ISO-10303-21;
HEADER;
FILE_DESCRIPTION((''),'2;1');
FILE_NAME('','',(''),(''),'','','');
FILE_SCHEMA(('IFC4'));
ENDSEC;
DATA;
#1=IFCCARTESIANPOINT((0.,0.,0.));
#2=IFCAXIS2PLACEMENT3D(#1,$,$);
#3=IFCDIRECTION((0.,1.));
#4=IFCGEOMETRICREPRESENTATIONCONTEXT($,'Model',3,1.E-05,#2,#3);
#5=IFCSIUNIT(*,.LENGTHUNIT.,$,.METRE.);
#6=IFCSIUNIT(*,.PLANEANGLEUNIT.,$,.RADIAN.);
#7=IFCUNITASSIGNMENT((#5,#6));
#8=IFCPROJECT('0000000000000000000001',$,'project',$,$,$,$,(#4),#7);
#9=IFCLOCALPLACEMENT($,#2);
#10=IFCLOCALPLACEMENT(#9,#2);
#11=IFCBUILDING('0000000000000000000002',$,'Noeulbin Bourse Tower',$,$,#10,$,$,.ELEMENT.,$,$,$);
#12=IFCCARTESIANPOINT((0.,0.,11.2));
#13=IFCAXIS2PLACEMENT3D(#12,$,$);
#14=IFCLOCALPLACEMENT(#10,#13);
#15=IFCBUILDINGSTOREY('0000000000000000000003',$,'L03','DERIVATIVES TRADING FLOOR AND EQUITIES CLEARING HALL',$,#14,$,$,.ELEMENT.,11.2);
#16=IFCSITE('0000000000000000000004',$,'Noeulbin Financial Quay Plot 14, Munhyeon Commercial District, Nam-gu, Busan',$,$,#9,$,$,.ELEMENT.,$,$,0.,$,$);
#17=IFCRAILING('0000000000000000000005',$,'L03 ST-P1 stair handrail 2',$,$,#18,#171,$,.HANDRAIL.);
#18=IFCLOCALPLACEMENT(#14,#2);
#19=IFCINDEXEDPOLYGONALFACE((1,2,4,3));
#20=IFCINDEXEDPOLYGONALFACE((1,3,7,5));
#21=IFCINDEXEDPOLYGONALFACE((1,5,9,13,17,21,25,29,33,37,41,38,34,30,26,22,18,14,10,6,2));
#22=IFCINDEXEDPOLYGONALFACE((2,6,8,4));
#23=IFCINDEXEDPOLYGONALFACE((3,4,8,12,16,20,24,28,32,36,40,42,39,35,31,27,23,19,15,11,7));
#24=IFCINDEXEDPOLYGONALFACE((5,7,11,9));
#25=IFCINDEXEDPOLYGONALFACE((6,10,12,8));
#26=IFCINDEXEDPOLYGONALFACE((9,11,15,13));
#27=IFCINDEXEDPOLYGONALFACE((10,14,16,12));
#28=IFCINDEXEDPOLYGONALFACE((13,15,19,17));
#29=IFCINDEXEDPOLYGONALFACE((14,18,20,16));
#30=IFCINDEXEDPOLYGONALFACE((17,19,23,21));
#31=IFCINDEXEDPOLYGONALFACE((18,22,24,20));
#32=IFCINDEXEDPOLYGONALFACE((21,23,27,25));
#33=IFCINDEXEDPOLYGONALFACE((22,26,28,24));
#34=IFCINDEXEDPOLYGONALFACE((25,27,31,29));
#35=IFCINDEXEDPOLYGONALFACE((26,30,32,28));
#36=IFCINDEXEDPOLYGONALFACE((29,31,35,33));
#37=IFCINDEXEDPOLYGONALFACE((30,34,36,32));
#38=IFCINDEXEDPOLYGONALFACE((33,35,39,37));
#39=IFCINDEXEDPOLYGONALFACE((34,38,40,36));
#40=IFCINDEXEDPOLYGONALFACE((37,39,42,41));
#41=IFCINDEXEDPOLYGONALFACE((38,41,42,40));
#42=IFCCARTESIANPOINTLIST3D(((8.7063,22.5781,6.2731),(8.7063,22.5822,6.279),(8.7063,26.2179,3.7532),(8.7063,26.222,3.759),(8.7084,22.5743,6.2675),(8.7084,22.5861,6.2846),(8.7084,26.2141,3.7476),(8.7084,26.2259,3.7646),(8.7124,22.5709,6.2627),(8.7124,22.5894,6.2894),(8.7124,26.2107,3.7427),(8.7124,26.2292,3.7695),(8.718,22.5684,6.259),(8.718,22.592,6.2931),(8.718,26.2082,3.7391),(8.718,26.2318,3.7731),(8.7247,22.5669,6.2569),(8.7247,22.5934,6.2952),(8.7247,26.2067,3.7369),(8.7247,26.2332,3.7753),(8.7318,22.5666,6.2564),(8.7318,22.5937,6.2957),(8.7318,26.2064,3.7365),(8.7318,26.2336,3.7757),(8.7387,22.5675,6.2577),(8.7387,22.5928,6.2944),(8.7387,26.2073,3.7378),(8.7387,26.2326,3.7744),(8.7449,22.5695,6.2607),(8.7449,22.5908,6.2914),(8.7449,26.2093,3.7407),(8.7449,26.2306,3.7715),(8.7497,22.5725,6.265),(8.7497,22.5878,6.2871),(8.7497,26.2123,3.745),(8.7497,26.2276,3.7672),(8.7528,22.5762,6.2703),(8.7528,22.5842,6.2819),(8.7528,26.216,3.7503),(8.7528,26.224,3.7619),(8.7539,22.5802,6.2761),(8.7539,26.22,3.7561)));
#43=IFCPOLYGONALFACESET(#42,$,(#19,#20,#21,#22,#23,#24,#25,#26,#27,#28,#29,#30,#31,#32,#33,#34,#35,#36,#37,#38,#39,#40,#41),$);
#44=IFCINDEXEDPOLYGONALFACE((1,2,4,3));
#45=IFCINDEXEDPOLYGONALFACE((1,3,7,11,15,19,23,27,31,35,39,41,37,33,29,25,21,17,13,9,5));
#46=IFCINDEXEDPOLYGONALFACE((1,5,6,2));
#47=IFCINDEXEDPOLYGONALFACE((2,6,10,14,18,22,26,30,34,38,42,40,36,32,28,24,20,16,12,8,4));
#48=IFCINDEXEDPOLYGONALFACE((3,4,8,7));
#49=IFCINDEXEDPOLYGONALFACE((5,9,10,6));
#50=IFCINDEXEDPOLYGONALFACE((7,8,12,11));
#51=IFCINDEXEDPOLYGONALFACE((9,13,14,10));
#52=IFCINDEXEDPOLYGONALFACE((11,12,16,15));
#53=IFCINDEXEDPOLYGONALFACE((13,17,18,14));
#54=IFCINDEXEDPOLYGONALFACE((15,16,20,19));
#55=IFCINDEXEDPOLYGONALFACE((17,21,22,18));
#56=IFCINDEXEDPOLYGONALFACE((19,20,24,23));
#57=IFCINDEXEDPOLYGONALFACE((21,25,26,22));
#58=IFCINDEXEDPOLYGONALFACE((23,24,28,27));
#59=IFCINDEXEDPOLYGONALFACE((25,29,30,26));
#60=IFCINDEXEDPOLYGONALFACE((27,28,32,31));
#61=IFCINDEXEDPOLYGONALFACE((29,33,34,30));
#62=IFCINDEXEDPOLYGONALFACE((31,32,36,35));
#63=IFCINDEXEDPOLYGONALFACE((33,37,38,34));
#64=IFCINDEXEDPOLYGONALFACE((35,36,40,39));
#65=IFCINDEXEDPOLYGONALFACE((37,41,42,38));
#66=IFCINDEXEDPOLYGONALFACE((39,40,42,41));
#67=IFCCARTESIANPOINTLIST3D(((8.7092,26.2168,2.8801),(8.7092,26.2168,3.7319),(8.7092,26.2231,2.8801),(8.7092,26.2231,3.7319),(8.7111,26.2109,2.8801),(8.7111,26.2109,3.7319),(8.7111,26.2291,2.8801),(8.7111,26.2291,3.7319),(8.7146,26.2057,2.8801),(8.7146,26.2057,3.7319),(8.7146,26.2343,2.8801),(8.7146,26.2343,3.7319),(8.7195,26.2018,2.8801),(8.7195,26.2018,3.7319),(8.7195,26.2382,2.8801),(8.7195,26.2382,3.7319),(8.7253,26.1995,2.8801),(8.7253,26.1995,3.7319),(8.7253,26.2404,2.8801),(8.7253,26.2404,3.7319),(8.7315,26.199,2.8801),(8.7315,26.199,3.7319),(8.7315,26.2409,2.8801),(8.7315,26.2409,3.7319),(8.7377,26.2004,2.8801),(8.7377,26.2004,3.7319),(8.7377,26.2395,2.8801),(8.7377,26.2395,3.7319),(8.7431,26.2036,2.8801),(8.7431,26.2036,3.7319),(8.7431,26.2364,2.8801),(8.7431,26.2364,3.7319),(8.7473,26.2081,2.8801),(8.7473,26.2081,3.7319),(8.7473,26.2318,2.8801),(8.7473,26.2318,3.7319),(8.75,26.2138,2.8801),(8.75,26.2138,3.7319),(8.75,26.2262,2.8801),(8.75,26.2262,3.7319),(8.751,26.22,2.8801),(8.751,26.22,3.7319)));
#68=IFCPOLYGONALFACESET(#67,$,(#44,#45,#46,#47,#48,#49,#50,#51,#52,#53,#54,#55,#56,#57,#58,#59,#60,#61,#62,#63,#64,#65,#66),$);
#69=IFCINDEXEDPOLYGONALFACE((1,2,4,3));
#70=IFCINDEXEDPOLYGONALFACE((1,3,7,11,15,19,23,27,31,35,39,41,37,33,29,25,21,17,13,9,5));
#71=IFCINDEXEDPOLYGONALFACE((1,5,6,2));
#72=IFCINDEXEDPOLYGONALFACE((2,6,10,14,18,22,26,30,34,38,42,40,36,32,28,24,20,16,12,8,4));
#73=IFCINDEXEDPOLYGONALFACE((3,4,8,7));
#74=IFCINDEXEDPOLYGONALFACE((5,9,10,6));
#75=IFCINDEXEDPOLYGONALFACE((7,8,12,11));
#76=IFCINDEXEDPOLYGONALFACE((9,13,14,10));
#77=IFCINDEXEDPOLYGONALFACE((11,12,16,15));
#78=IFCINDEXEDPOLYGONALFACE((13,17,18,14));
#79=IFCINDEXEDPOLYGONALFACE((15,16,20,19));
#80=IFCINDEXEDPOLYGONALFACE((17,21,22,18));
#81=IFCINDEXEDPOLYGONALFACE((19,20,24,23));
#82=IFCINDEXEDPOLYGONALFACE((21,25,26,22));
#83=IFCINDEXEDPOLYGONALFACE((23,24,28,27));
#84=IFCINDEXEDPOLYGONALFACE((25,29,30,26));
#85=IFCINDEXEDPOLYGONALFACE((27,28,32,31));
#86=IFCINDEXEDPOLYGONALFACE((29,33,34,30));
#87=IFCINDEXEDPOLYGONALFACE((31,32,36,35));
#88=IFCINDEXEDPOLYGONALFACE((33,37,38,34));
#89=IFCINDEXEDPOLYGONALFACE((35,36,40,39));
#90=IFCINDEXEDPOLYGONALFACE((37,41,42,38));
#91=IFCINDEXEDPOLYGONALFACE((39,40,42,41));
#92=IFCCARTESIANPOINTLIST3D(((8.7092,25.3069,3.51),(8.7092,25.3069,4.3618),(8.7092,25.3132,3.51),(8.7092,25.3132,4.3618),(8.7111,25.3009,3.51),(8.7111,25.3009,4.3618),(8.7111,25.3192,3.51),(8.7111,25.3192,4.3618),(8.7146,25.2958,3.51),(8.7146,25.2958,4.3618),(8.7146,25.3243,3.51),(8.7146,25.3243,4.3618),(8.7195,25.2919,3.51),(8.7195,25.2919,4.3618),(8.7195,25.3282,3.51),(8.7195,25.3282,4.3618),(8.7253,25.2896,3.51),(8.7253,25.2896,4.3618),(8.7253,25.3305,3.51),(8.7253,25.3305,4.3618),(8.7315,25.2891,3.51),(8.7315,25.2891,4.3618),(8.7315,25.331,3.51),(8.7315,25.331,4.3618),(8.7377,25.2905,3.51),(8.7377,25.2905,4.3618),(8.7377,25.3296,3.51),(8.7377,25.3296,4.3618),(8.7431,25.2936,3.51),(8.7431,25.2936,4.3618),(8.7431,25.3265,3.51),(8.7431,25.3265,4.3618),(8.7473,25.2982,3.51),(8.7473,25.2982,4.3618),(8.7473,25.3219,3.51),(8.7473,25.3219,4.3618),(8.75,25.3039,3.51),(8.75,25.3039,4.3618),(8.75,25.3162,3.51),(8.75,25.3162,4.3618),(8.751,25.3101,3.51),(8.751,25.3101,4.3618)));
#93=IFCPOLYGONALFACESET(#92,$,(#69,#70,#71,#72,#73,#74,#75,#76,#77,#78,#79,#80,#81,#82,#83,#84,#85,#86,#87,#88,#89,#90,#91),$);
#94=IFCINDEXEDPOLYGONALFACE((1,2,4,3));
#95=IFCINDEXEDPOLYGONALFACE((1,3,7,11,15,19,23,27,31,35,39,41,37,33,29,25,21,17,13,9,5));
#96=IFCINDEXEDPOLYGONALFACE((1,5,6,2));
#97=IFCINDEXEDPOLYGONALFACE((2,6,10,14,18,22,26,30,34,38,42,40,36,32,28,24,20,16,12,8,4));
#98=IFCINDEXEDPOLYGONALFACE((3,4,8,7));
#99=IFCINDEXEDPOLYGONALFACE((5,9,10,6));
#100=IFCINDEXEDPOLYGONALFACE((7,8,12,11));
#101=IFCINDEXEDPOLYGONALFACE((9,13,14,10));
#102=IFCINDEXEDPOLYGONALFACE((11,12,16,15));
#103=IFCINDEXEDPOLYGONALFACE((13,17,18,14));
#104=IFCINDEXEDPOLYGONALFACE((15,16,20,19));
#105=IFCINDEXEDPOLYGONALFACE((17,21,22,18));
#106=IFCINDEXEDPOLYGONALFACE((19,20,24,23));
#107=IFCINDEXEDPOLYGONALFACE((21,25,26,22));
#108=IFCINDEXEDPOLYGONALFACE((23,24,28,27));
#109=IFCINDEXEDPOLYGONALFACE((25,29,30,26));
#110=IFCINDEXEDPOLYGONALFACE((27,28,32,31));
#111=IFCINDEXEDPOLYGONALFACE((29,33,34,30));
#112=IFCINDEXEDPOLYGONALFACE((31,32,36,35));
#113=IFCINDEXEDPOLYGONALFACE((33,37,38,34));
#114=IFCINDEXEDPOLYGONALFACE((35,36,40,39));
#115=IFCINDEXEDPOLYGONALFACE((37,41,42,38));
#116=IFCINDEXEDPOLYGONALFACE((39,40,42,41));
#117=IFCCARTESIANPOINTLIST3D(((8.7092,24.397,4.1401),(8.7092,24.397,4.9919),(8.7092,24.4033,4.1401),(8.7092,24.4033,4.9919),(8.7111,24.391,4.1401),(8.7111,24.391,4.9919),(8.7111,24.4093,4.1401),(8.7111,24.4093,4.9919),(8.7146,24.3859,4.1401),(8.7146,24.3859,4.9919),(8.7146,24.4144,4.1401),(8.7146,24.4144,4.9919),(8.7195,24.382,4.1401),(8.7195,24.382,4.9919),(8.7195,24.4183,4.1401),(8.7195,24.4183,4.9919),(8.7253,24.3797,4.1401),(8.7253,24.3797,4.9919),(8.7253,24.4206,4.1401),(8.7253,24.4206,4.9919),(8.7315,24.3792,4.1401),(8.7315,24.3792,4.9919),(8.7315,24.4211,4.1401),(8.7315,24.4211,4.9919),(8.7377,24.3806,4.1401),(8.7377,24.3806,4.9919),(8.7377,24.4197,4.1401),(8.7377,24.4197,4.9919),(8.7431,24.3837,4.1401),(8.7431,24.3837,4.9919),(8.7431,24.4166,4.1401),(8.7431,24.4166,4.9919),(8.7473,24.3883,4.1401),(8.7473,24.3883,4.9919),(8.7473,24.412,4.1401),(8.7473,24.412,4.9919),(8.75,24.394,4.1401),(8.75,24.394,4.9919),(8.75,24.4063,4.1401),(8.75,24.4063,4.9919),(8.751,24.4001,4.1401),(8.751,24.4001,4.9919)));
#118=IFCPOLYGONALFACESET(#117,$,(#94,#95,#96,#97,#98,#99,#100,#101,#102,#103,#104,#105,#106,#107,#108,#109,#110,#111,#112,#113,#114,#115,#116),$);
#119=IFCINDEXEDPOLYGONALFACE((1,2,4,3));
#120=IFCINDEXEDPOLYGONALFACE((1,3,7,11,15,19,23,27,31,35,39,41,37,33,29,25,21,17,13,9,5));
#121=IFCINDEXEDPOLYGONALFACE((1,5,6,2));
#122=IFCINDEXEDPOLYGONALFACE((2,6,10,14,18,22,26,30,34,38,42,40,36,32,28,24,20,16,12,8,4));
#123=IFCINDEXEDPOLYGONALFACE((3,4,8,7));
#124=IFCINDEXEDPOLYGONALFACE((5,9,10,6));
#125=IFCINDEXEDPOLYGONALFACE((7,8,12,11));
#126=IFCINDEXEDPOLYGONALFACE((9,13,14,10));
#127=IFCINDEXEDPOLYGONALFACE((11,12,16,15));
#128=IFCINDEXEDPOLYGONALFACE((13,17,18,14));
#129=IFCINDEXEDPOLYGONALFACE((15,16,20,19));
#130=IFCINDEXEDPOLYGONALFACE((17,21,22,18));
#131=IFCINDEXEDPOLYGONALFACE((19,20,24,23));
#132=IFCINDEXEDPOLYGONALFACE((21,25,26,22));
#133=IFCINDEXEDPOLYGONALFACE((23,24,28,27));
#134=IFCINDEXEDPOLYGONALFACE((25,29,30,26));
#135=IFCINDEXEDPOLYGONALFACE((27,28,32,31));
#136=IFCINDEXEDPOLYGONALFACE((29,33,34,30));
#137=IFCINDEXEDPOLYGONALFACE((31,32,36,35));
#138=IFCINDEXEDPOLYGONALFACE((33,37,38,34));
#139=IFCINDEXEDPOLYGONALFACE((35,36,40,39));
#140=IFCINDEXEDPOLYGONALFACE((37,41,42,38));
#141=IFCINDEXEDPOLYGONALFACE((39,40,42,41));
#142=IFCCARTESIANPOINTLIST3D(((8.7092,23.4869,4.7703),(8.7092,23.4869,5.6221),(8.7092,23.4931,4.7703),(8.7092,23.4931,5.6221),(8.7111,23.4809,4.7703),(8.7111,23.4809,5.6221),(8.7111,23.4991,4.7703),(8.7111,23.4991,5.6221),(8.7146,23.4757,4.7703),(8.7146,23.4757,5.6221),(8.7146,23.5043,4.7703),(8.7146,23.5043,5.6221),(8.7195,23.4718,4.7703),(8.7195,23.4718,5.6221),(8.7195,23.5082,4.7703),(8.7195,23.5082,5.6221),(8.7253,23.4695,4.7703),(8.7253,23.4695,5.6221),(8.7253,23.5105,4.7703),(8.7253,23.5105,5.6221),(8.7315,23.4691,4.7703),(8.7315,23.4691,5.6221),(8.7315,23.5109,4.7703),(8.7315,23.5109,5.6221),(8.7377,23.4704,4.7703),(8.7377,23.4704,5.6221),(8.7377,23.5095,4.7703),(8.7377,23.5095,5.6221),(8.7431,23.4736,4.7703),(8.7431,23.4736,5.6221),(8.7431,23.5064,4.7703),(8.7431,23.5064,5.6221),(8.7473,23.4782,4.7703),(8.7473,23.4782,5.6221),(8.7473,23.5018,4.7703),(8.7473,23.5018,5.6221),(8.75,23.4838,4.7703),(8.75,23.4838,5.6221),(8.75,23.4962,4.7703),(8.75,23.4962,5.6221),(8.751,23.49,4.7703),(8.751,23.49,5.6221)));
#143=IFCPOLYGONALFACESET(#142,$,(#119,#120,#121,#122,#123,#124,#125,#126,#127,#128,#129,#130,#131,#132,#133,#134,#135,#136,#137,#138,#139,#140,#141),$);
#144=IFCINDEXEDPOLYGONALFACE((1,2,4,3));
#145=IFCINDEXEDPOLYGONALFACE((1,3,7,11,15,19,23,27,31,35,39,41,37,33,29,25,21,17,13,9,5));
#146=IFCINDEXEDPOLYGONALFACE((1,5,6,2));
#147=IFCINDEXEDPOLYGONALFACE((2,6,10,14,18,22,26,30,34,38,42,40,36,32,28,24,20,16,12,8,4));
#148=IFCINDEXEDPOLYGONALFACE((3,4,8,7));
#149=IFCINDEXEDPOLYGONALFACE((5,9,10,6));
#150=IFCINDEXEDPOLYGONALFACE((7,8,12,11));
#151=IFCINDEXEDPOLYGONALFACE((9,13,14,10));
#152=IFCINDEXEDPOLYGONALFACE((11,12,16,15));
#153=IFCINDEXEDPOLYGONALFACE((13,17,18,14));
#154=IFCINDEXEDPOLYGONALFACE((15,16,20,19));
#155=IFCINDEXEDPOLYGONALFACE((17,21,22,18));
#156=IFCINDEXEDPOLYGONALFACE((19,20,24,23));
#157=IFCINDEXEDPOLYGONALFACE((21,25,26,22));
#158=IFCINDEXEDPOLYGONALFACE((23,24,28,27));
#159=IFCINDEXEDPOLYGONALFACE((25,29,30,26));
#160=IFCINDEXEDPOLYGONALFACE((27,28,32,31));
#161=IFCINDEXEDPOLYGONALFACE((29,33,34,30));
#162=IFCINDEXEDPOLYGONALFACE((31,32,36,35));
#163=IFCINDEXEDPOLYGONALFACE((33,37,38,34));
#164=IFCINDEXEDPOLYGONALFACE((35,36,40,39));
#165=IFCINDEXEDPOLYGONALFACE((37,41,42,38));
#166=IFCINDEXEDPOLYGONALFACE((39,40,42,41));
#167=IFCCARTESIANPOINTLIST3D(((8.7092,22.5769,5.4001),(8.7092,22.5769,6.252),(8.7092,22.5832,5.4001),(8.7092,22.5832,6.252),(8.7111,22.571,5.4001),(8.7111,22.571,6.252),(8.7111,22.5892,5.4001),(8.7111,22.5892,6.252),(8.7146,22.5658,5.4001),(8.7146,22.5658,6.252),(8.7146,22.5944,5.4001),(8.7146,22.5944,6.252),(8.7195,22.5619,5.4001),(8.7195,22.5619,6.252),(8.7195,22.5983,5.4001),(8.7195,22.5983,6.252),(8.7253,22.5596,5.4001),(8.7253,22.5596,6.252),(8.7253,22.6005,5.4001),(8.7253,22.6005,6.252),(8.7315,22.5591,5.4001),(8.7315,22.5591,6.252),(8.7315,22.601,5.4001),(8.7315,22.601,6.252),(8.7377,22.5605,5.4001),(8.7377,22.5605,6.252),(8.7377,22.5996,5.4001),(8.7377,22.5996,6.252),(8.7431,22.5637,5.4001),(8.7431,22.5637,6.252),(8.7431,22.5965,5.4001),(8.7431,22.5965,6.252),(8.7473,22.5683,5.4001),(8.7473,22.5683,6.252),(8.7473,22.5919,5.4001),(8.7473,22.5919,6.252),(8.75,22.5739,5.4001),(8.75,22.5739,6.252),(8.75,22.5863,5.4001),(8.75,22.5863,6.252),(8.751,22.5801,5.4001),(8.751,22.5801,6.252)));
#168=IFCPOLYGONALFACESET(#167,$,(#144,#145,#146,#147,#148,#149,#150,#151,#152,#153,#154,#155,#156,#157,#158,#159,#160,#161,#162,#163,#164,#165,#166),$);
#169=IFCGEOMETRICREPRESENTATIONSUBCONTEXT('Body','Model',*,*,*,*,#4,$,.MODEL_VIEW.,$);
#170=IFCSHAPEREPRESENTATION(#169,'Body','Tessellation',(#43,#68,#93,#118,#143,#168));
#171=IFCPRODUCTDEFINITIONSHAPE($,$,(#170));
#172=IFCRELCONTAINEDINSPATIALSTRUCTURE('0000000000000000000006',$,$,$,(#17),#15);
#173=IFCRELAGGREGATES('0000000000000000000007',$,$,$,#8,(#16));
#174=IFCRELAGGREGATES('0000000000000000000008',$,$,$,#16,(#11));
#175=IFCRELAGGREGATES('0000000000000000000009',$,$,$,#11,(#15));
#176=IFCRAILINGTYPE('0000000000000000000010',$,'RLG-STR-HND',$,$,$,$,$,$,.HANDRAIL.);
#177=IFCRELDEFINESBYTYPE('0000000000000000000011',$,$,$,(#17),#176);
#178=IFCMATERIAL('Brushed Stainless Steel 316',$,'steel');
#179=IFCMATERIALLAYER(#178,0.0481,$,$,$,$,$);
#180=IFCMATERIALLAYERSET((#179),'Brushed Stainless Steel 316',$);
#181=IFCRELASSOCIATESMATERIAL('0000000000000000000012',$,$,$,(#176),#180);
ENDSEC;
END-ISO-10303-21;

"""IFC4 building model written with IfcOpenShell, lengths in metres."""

from ifc_helpers import new_model, si_unit, direction, frame, origin, origin_2d, place, context, subcontext, project, spatial, circle, extrude, material, layer, layer_set, type_object, element, save


model = new_model("IFC4")

# Units and contexts
model_context = context("Model", 3, precision=1e-05, world=origin(), true_north=direction((0.0, 1.0)))
body_context = subcontext(model_context, "Body", "Model", "MODEL_VIEW")
ifc_project = project(units=[si_unit("LENGTHUNIT", "METRE"), si_unit("PLANEANGLEUNIT", "RADIAN")], contexts=[model_context])

# Site, building, storey
site_placement = place(None, origin())
site = spatial("IfcSite", under=ifc_project, at=site_placement, Name="Noeulbin Financial Quay Plot 14, Munhyeon Commercial District, Nam-gu, Busan", CompositionType="ELEMENT", RefElevation=0.0)
building_placement = place(site_placement, origin())
building = spatial("IfcBuilding", under=site, at=building_placement, Name="Noeulbin Bourse Tower", CompositionType="ELEMENT")
storey_placement = place(building_placement, frame((0.0, 0.0, 11.2)))
storey = spatial("IfcBuildingStorey", under=building, at=storey_placement, Name="L03", Description="DERIVATIVES TRADING FLOOR AND EQUITIES CLEARING HALL", CompositionType="ELEMENT", Elevation=11.2)

# Railing
ifc_material_1 = material(Name="Brushed Stainless Steel 316", Category="steel")
ifc_layer_1 = layer(ifc_material_1, 0.0481)
ifc_layer_set_1 = layer_set([ifc_layer_1], Name="Brushed Stainless Steel 316")
railing_type_1 = type_object("IfcRailingType", Name="RLG-STR-HND", PredefinedType="HANDRAIL", material=ifc_layer_set_1)
railing_1_placement = place(storey_placement, frame((8.73, 26.22, 2.8801)))
element("IfcRailing", 1, at=railing_1_placement, inside=storey, type_object=railing_type_1, Name="L03 ST-P1 stair handrail 2", PredefinedType="HANDRAIL", context=body_context, shape_type="SweptSolid", body=[
    extrude(circle(Radius=0.0239, at=origin_2d()), frame((0.0, 0.0, 0.876), z_axis=(0.0, -0.822182, 0.569224), x_axis=(1.0, 0.0, 0.0)), (0.0, 0.0, 1.0), 4.427),
    extrude(circle(Radius=0.021, at=origin_2d()), origin(), (0.0, 0.0, 1.0), 0.8518),
    extrude(circle(Radius=0.021, at=origin_2d()), frame((0.0, -0.9099, 0.6299)), (0.0, 0.0, 1.0), 0.8518),
    extrude(circle(Radius=0.021, at=origin_2d()), frame((0.0, -1.8198, 1.26)), (0.0, 0.0, 1.0), 0.8518),
    extrude(circle(Radius=0.021, at=origin_2d()), frame((0.0, -2.73, 1.8901)), (0.0, 0.0, 1.0), 0.8518),
    extrude(circle(Radius=0.021, at=origin_2d()), frame((0.0, -3.6399, 2.52)), (0.0, 0.0, 1.0), 0.8518),
])

save(model, "model.ifc")
